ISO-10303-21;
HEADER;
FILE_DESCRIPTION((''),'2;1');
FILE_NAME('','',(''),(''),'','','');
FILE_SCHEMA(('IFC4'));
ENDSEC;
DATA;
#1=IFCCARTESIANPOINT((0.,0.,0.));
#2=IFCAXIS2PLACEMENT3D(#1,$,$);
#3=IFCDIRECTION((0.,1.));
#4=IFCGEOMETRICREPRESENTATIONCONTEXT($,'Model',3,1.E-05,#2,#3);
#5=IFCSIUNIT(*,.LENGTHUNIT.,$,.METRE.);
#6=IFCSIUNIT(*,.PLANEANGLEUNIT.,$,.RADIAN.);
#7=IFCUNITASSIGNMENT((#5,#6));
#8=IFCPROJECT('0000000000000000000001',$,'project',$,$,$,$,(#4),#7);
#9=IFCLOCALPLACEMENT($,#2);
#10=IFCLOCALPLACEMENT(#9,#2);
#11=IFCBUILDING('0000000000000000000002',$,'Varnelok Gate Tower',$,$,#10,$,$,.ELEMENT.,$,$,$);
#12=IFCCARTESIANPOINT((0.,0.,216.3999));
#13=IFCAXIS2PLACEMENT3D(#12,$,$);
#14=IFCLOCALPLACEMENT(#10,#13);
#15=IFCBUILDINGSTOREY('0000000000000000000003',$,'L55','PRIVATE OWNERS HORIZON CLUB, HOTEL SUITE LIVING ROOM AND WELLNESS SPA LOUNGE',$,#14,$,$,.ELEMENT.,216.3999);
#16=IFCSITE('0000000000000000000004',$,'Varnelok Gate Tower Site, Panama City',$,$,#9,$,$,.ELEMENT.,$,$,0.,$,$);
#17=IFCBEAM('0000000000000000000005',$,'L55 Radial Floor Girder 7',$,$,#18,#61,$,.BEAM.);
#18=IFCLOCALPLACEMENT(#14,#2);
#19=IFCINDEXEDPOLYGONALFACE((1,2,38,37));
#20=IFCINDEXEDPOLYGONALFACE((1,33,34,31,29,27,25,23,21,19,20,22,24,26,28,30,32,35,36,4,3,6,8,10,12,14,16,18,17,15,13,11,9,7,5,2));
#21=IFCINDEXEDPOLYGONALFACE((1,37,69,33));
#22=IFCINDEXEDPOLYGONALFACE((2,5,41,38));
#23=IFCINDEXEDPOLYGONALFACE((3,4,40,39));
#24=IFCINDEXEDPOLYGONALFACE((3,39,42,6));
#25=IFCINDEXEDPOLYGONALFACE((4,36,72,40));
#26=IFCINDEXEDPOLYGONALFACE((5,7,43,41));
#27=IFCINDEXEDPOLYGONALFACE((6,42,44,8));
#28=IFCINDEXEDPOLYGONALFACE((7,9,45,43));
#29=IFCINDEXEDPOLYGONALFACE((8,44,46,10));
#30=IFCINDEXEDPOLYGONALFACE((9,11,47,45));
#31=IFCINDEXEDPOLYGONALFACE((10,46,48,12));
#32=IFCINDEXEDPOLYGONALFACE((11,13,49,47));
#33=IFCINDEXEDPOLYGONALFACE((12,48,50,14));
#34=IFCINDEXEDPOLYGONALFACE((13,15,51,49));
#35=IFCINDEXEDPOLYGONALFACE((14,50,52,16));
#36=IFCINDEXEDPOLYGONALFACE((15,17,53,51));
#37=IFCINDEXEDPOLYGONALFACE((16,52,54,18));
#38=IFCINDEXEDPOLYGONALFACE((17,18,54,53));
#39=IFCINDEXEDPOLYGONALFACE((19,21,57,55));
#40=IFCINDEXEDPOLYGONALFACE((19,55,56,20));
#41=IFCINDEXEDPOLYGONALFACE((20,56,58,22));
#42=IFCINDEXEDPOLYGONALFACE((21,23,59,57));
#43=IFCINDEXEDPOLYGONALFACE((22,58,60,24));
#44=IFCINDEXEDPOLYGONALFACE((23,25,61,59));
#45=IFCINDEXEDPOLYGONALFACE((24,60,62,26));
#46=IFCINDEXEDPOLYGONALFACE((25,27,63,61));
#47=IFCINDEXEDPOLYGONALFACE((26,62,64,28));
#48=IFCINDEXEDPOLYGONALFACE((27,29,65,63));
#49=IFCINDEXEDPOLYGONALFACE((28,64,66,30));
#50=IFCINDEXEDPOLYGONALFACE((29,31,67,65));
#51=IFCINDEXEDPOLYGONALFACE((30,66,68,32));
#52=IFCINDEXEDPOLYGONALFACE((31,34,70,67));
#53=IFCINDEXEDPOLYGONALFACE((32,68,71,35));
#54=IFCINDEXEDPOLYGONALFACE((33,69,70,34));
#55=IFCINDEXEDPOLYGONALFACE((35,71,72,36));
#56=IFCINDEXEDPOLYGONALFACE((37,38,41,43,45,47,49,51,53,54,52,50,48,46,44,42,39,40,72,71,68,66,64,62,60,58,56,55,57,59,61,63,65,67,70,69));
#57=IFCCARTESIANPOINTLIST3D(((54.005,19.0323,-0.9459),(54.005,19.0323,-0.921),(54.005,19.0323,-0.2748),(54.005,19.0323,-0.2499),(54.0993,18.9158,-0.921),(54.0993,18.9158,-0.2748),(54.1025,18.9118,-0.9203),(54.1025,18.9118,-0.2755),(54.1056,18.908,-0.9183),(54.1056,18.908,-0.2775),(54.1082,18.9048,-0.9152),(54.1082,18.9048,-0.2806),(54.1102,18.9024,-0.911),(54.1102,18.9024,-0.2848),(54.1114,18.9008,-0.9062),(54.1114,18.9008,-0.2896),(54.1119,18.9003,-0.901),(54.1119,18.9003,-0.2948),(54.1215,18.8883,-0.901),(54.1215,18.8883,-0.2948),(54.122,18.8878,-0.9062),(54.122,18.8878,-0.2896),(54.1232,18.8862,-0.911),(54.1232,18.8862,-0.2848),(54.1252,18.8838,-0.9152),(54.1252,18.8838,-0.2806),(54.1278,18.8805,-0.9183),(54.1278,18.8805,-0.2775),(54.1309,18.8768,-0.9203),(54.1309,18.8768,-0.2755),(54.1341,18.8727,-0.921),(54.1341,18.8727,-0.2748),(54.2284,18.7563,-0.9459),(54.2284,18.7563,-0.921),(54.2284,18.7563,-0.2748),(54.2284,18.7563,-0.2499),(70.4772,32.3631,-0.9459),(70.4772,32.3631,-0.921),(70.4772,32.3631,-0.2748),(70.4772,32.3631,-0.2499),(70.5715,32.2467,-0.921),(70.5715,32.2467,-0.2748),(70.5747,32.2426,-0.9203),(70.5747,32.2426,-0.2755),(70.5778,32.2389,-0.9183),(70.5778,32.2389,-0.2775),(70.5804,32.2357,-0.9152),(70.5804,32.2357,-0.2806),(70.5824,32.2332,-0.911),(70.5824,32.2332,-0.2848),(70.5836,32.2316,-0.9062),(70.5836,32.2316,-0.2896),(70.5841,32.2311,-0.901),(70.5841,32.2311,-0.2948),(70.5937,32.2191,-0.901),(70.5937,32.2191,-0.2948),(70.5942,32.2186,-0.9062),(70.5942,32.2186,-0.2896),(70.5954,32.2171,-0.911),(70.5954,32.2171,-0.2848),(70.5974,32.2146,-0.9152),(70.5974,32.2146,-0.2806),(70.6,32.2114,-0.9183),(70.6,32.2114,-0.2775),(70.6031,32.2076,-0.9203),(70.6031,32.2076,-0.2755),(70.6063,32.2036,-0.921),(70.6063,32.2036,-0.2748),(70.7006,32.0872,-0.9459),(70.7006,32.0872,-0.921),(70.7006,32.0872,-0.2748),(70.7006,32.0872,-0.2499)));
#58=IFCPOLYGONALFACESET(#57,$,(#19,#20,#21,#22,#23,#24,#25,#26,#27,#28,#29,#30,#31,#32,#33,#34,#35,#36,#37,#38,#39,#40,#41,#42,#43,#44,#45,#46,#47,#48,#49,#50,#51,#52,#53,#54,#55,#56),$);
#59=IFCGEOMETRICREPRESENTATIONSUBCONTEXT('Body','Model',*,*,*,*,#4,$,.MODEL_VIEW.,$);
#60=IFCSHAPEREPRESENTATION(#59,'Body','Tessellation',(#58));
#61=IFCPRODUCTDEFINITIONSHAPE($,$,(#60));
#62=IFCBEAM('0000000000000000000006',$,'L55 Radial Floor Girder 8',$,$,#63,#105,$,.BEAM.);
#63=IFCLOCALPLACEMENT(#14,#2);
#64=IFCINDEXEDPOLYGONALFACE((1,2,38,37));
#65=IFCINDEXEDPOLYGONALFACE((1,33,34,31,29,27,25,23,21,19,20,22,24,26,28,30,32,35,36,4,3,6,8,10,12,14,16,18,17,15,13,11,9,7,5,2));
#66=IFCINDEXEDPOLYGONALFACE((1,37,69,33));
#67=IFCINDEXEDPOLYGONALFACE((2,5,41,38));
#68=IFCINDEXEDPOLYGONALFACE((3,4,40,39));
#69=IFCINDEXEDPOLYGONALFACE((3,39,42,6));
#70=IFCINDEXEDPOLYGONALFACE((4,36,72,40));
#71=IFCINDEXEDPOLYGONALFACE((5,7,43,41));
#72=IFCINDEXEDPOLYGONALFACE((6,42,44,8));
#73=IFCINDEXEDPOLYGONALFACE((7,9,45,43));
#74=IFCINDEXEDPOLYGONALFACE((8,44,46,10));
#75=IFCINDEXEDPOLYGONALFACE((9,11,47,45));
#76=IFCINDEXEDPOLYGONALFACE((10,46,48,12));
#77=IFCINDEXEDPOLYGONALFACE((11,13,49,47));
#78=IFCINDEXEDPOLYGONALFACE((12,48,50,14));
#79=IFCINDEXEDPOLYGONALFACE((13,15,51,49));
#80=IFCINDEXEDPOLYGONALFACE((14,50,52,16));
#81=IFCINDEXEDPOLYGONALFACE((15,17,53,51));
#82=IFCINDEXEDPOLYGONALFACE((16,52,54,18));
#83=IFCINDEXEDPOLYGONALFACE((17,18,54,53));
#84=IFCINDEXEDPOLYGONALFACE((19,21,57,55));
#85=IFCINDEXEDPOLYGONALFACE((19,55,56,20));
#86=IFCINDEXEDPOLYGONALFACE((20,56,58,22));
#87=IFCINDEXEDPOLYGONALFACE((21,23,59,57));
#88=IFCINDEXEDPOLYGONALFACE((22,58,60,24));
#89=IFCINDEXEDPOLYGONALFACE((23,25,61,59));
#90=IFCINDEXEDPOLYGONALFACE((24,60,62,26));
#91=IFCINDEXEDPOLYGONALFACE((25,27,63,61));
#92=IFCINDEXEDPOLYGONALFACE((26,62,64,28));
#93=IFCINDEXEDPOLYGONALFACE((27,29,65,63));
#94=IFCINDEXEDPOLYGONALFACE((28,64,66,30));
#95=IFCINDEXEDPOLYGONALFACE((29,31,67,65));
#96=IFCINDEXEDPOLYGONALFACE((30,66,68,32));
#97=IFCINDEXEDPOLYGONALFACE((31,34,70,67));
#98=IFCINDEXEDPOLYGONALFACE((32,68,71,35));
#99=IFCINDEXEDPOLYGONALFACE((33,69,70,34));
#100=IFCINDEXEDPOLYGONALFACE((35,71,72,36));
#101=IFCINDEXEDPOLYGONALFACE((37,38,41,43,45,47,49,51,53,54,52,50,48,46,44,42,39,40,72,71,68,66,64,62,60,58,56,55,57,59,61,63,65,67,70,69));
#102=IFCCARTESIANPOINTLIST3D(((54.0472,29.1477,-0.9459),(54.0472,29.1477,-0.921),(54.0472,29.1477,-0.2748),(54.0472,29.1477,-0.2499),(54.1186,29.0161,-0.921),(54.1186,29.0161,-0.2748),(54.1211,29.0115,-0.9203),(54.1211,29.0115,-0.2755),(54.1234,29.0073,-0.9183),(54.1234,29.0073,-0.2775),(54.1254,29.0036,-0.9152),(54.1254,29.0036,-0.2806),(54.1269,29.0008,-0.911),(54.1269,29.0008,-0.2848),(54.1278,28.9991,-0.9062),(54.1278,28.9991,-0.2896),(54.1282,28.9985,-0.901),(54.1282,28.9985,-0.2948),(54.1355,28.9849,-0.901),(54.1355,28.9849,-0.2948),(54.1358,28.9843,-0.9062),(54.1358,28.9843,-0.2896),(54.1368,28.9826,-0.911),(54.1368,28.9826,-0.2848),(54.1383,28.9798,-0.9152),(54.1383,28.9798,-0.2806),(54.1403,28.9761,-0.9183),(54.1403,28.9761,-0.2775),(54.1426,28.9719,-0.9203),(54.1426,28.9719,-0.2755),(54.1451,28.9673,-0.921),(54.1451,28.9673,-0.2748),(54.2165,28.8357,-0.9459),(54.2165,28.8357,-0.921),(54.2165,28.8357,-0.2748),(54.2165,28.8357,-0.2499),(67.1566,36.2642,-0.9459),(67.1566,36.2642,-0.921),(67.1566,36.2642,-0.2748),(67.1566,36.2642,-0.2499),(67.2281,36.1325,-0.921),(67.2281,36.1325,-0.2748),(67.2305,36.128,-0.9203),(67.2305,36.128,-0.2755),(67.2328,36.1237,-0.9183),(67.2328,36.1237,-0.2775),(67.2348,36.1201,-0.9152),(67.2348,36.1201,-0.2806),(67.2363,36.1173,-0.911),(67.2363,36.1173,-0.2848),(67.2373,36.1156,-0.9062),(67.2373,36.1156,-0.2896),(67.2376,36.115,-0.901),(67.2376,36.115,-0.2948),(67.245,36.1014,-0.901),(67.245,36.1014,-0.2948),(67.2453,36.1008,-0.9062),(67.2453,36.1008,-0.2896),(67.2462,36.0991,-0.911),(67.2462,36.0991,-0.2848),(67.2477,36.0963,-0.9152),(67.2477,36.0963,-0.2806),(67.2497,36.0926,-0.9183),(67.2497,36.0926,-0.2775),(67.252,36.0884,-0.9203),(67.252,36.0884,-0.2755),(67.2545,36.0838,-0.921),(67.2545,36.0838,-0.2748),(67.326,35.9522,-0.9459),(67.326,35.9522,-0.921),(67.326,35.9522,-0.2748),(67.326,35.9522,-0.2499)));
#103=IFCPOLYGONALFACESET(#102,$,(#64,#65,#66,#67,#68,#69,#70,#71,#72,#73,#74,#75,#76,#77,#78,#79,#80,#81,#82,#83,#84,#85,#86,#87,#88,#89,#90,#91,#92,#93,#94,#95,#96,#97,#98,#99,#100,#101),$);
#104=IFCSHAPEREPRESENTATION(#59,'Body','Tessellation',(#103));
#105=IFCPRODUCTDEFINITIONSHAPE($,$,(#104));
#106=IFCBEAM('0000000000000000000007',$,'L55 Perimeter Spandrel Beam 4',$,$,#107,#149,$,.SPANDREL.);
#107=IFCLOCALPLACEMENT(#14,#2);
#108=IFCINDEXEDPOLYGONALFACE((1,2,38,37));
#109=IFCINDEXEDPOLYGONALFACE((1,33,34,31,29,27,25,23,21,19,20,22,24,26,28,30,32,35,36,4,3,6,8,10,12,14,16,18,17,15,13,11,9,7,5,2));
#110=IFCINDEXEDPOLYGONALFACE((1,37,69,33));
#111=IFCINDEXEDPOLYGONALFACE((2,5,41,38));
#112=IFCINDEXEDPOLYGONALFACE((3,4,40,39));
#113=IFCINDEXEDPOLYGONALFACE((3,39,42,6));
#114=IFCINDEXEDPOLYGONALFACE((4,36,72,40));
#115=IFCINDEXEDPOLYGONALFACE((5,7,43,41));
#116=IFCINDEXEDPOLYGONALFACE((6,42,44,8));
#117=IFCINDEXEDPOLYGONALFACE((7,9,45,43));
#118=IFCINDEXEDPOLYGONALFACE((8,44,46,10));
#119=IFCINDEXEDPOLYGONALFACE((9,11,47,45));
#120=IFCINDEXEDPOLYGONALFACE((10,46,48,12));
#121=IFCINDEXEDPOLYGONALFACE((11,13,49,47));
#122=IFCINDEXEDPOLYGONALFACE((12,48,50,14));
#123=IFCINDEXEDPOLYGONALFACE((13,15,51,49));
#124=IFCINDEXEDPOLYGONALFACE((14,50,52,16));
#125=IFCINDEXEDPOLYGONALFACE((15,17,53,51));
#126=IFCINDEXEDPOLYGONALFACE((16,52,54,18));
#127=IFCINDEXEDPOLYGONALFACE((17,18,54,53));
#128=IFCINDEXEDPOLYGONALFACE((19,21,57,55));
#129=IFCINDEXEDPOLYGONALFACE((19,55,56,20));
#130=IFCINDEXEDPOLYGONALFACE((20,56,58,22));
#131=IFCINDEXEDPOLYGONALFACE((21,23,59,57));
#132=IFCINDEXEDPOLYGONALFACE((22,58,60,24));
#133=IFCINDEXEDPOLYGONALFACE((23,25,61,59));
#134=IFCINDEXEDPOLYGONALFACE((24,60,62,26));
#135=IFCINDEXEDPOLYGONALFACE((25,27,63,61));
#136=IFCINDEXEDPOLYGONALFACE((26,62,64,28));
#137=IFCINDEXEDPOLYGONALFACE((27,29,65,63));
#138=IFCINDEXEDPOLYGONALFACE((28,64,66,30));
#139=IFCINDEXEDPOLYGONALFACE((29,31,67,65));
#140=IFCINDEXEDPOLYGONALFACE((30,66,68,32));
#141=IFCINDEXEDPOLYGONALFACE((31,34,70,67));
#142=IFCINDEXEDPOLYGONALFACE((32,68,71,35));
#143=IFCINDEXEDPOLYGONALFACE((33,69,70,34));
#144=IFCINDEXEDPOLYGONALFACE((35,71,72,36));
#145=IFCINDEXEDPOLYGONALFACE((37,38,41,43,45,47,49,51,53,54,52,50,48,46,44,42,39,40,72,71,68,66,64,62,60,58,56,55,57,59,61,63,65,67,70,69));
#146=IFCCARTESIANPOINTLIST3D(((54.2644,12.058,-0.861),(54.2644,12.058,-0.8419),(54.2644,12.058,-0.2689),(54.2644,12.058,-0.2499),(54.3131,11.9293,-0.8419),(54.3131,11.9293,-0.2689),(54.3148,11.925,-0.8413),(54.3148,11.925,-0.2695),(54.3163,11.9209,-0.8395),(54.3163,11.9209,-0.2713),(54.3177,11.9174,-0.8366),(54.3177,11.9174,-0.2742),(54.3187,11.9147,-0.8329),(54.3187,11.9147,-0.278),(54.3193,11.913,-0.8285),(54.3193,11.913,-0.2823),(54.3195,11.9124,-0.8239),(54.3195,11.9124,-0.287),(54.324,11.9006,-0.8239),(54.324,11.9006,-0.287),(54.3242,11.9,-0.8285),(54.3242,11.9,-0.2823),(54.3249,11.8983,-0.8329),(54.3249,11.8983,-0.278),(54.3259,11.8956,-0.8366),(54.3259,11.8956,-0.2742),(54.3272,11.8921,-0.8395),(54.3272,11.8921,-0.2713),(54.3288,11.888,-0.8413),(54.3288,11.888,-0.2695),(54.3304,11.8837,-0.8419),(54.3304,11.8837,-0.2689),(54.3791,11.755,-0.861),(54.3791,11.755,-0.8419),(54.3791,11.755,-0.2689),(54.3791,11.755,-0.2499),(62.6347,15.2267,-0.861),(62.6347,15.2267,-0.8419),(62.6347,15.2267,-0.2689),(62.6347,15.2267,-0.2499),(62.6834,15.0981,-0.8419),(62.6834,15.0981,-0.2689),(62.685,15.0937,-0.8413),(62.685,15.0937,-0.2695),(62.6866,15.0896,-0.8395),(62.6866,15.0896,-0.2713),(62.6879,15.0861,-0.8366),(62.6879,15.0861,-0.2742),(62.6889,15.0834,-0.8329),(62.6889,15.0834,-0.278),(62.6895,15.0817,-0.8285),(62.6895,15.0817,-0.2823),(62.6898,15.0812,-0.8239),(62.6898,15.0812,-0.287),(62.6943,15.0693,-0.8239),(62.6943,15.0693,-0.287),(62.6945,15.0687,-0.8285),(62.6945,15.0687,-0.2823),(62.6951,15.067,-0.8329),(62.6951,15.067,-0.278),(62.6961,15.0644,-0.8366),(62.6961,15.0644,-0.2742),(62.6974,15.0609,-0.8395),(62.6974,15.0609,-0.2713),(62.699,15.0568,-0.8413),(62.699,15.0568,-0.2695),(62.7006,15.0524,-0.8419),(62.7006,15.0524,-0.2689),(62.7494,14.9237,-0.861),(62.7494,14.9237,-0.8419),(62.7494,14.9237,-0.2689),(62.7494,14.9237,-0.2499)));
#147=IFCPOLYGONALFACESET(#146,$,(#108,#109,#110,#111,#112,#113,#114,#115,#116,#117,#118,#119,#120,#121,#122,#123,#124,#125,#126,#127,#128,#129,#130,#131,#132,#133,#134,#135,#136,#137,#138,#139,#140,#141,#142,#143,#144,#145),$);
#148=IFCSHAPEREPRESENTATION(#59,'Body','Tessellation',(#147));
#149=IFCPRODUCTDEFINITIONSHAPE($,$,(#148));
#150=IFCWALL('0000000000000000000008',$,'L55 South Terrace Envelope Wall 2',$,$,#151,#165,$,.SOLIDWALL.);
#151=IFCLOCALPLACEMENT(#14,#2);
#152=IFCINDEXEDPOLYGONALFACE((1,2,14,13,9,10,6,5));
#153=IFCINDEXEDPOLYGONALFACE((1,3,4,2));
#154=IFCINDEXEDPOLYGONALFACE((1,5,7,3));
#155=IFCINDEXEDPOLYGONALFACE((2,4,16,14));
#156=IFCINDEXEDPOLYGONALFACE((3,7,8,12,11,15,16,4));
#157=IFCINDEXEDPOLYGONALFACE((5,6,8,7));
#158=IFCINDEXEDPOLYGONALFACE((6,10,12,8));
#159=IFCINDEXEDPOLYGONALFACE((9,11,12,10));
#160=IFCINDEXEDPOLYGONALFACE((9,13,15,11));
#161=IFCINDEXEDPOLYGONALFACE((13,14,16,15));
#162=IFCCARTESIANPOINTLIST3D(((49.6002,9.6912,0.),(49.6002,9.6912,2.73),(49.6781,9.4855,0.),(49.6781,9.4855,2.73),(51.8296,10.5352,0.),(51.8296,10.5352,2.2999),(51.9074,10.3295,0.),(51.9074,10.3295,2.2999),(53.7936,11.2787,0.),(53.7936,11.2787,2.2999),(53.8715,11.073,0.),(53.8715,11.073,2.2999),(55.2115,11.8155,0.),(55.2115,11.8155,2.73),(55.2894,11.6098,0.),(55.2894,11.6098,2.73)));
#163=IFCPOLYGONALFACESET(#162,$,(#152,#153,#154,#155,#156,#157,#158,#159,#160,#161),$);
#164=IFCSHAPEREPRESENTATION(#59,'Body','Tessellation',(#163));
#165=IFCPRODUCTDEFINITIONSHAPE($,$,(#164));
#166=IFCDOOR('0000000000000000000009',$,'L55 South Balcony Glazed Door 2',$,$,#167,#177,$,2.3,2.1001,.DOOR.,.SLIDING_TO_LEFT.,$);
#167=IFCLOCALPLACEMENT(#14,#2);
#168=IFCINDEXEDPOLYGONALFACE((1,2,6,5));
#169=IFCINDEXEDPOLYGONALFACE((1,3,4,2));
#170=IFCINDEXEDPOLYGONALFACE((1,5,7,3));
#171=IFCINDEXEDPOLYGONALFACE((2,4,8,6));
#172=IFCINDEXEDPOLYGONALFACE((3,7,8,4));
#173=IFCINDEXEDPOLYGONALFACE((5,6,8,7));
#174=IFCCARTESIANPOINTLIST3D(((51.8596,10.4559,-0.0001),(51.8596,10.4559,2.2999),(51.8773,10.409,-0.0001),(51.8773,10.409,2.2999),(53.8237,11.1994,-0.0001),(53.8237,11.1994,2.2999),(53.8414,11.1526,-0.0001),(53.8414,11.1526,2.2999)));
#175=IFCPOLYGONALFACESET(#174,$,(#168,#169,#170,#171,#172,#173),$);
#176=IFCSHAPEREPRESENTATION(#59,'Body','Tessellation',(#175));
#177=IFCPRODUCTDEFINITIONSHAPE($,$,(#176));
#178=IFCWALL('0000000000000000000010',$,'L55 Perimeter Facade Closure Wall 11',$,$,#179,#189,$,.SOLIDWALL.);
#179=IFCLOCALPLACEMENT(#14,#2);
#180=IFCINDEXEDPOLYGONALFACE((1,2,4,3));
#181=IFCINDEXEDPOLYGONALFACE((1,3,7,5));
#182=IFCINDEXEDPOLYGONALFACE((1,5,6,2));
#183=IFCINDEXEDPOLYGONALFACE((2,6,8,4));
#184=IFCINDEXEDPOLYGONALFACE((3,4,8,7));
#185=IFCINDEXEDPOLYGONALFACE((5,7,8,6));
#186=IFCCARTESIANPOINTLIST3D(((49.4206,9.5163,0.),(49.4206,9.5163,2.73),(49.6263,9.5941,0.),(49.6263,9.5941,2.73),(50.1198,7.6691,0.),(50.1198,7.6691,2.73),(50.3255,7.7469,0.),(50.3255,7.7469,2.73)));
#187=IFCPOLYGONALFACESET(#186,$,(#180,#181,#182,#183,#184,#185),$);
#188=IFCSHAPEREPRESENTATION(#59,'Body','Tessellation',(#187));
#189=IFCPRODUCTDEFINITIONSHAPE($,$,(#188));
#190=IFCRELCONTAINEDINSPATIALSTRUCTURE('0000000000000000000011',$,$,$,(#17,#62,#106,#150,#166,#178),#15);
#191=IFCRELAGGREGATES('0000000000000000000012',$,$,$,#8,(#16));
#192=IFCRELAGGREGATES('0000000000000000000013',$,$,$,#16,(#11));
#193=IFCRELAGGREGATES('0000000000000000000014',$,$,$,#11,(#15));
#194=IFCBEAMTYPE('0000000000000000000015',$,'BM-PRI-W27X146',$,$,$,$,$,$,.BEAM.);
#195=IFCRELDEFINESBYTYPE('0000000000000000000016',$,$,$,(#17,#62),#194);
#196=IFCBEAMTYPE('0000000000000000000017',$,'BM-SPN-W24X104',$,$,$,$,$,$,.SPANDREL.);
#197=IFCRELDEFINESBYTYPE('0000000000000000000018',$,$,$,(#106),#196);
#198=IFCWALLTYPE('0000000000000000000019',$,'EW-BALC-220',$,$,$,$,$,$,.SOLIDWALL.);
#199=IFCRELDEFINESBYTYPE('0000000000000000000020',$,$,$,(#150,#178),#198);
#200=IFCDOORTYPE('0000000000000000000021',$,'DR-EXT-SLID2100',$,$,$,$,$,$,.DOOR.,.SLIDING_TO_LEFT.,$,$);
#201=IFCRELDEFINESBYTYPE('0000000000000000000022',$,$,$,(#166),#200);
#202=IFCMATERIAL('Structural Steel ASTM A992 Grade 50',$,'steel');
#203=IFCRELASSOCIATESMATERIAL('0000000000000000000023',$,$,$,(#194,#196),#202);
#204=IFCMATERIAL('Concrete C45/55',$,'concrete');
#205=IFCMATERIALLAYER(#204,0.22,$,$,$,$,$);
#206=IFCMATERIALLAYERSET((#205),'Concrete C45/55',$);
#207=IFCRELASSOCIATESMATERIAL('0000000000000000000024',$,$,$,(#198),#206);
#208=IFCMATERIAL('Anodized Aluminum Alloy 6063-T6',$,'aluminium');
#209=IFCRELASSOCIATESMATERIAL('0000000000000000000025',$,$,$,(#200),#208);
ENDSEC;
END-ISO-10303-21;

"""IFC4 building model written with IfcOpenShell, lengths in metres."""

from ifc_helpers import new_model, si_unit, direction, frame, frame_2d, origin, origin_2d, place, context, subcontext, project, spatial, rectangle, i_section, extrude, material, layer, layer_set, material_profile, profile_set, type_object, element, fill, save


model = new_model("IFC4")

# Units and contexts
model_context = context("Model", 3, precision=1e-05, world=origin(), true_north=direction((0.0, 1.0)))
body_context = subcontext(model_context, "Body", "Model", "MODEL_VIEW")
ifc_project = project(units=[si_unit("LENGTHUNIT", "METRE"), si_unit("PLANEANGLEUNIT", "RADIAN")], contexts=[model_context])

# Site, building, storey
site_placement = place(None, origin())
site = spatial("IfcSite", under=ifc_project, at=site_placement, Name="Varnelok Gate Tower Site, Panama City", CompositionType="ELEMENT", RefElevation=0.0)
building_placement = place(site_placement, origin())
building = spatial("IfcBuilding", under=site, at=building_placement, Name="Varnelok Gate Tower", CompositionType="ELEMENT")
storey_placement = place(building_placement, frame((0.0, 0.0, 216.3999)))
storey = spatial("IfcBuildingStorey", under=building, at=storey_placement, Name="L55", Description="PRIVATE OWNERS HORIZON CLUB, HOTEL SUITE LIVING ROOM AND WELLNESS SPA LOUNGE", CompositionType="ELEMENT", Elevation=216.3999)

# Shared definitions
ifc_material_1 = material(Name="Structural Steel ASTM A992 Grade 50", Category="steel")

# Beams
ifc_material_profile_1 = material_profile(ifc_material_1, i_section(OverallWidth=0.355, OverallDepth=0.696, WebThickness=0.0154, FlangeThickness=0.0249, FilletRadius=0.02, at=origin_2d()), Name="W27X146")
ifc_profile_set_1 = profile_set([ifc_material_profile_1], Name="Structural Steel ASTM A992 Grade 50")
beam_type_1 = type_object("IfcBeamType", Name="BM-PRI-W27X146", PredefinedType="BEAM", material=ifc_profile_set_1)
beam_1_placement = place(storey_placement, frame((54.1167, 18.8943, -0.5979), z_axis=(0.777333, 0.62909, 0.0), x_axis=(-0.62909, 0.777333, 0.0)))
element("IfcBeam", 1, at=beam_1_placement, inside=storey, type_object=beam_type_1, Name="L55 Radial Floor Girder 7", PredefinedType="BEAM", context=body_context, shape_type="SweptSolid", body=[
    extrude(i_section(OverallWidth=0.355, OverallDepth=0.696, WebThickness=0.0154, FlangeThickness=0.0249, FilletRadius=0.02, at=origin_2d()), origin(), (0.0, 0.0, 1.0), 21.1907),
])
beam_2_placement = place(storey_placement, frame((54.1318, 28.9917, -0.5979), z_axis=(0.878855, 0.477089, 0.0), x_axis=(-0.477089, 0.878855, 0.0)))
element("IfcBeam", 2, at=beam_2_placement, inside=storey, type_object=beam_type_1, Name="L55 Radial Floor Girder 8", PredefinedType="BEAM", context=body_context, shape_type="SweptSolid", body=[
    extrude(i_section(OverallWidth=0.355, OverallDepth=0.696, WebThickness=0.0154, FlangeThickness=0.0249, FilletRadius=0.02, at=origin_2d()), origin(), (0.0, 0.0, 1.0), 14.9165),
])
ifc_material_profile_2 = material_profile(ifc_material_1, i_section(OverallWidth=0.324, OverallDepth=0.6111, WebThickness=0.0127, FlangeThickness=0.019, FilletRadius=0.0181, at=origin_2d()), Name="W24X104")
ifc_profile_set_2 = profile_set([ifc_material_profile_2], Name="Structural Steel ASTM A992 Grade 50")
beam_type_2 = type_object("IfcBeamType", Name="BM-SPN-W24X104", PredefinedType="SPANDREL", material=ifc_profile_set_2)
beam_3_placement = place(storey_placement, frame((54.3218, 11.9065, -0.5554), z_axis=(0.935226, 0.354051, 0.0), x_axis=(-0.354051, 0.935226, 0.0)))
element("IfcBeam", 3, at=beam_3_placement, inside=storey, type_object=beam_type_2, Name="L55 Perimeter Spandrel Beam 4", PredefinedType="SPANDREL", context=body_context, shape_type="SweptSolid", body=[
    extrude(i_section(OverallWidth=0.324, OverallDepth=0.6111, WebThickness=0.0127, FlangeThickness=0.019, FilletRadius=0.0181, at=origin_2d()), origin(), (0.0, 0.0, 1.0), 8.95),
])

# Wall, opening, door
ifc_material_2 = material(Name="Concrete C45/55", Category="concrete")
ifc_layer_1 = layer(ifc_material_2, 0.22)
ifc_layer_set_1 = layer_set([ifc_layer_1], Name="Concrete C45/55")
wall_type_1 = type_object("IfcWallType", Name="EW-BALC-220", PredefinedType="SOLIDWALL", material=ifc_layer_set_1)
wall_1_placement = place(storey_placement, frame((55.2505, 11.7126, 0.0), z_axis=(0.0, 0.0, 1.0), x_axis=(-0.935228, -0.354047, 0.0)))
wall_1 = element("IfcWall", 4, at=wall_1_placement, inside=storey, type_object=wall_type_1, Name="L55 South Terrace Envelope Wall 2", PredefinedType="SOLIDWALL", context=body_context, shape_type="SweptSolid", body=[
    extrude(rectangle(XDim=6.0, YDim=0.22, at=frame_2d((3.0, 0.0))), origin(), (0.0, 0.0, 1.0), 2.73),
])
opening_1_placement = place(wall_1_placement, frame((1.5161, 0.0, 0.0)))
opening_1 = element("IfcOpeningElement", 5, at=opening_1_placement, cuts=wall_1, PredefinedType="OPENING", context=body_context, shape_type="SweptSolid", body=[
    extrude(rectangle(XDim=2.1001, YDim=2.3, at=frame_2d((1.05, 1.1499))), frame((0.0, 0.1199, 0.0), z_axis=(0.0, -1.0, 0.0), x_axis=(1.0, 0.0, 0.0)), (0.0, 0.0, 1.0), 0.24),
])
ifc_material_3 = material(Name="Anodized Aluminum Alloy 6063-T6", Category="aluminium")
door_type_1 = type_object("IfcDoorType", Name="DR-EXT-SLID2100", OperationType="SLIDING_TO_LEFT", PredefinedType="DOOR", material=ifc_material_3)
door_1_placement = place(opening_1_placement, origin())
door_1 = element("IfcDoor", 6, at=door_1_placement, inside=storey, type_object=door_type_1, Name="L55 South Balcony Glazed Door 2", OperationType="SLIDING_TO_LEFT", OverallHeight=2.3, OverallWidth=2.1001, PredefinedType="DOOR", context=body_context, shape_type="SweptSolid", body=[
    extrude(rectangle(XDim=2.1001, YDim=2.3, at=frame_2d((1.05, 1.1499))), frame((0.0, 0.0249, 0.0), z_axis=(0.0, -1.0, 0.0), x_axis=(1.0, 0.0, 0.0)), (0.0, 0.0, 1.0), 0.05),
])
fill(opening_1, door_1)

# Wall
wall_2_placement = place(storey_placement, frame((50.2227, 7.708, 0.0), z_axis=(0.0, 0.0, 1.0), x_axis=(-0.354021, 0.935238, 0.0)))
element("IfcWall", 7, at=wall_2_placement, inside=storey, type_object=wall_type_1, Name="L55 Perimeter Facade Closure Wall 11", PredefinedType="SOLIDWALL", context=body_context, shape_type="SweptSolid", body=[
    extrude(rectangle(XDim=1.9751, YDim=0.22, at=frame_2d((0.9875, 0.0))), origin(), (0.0, 0.0, 1.0), 2.73),
])

save(model, "model.ifc")
